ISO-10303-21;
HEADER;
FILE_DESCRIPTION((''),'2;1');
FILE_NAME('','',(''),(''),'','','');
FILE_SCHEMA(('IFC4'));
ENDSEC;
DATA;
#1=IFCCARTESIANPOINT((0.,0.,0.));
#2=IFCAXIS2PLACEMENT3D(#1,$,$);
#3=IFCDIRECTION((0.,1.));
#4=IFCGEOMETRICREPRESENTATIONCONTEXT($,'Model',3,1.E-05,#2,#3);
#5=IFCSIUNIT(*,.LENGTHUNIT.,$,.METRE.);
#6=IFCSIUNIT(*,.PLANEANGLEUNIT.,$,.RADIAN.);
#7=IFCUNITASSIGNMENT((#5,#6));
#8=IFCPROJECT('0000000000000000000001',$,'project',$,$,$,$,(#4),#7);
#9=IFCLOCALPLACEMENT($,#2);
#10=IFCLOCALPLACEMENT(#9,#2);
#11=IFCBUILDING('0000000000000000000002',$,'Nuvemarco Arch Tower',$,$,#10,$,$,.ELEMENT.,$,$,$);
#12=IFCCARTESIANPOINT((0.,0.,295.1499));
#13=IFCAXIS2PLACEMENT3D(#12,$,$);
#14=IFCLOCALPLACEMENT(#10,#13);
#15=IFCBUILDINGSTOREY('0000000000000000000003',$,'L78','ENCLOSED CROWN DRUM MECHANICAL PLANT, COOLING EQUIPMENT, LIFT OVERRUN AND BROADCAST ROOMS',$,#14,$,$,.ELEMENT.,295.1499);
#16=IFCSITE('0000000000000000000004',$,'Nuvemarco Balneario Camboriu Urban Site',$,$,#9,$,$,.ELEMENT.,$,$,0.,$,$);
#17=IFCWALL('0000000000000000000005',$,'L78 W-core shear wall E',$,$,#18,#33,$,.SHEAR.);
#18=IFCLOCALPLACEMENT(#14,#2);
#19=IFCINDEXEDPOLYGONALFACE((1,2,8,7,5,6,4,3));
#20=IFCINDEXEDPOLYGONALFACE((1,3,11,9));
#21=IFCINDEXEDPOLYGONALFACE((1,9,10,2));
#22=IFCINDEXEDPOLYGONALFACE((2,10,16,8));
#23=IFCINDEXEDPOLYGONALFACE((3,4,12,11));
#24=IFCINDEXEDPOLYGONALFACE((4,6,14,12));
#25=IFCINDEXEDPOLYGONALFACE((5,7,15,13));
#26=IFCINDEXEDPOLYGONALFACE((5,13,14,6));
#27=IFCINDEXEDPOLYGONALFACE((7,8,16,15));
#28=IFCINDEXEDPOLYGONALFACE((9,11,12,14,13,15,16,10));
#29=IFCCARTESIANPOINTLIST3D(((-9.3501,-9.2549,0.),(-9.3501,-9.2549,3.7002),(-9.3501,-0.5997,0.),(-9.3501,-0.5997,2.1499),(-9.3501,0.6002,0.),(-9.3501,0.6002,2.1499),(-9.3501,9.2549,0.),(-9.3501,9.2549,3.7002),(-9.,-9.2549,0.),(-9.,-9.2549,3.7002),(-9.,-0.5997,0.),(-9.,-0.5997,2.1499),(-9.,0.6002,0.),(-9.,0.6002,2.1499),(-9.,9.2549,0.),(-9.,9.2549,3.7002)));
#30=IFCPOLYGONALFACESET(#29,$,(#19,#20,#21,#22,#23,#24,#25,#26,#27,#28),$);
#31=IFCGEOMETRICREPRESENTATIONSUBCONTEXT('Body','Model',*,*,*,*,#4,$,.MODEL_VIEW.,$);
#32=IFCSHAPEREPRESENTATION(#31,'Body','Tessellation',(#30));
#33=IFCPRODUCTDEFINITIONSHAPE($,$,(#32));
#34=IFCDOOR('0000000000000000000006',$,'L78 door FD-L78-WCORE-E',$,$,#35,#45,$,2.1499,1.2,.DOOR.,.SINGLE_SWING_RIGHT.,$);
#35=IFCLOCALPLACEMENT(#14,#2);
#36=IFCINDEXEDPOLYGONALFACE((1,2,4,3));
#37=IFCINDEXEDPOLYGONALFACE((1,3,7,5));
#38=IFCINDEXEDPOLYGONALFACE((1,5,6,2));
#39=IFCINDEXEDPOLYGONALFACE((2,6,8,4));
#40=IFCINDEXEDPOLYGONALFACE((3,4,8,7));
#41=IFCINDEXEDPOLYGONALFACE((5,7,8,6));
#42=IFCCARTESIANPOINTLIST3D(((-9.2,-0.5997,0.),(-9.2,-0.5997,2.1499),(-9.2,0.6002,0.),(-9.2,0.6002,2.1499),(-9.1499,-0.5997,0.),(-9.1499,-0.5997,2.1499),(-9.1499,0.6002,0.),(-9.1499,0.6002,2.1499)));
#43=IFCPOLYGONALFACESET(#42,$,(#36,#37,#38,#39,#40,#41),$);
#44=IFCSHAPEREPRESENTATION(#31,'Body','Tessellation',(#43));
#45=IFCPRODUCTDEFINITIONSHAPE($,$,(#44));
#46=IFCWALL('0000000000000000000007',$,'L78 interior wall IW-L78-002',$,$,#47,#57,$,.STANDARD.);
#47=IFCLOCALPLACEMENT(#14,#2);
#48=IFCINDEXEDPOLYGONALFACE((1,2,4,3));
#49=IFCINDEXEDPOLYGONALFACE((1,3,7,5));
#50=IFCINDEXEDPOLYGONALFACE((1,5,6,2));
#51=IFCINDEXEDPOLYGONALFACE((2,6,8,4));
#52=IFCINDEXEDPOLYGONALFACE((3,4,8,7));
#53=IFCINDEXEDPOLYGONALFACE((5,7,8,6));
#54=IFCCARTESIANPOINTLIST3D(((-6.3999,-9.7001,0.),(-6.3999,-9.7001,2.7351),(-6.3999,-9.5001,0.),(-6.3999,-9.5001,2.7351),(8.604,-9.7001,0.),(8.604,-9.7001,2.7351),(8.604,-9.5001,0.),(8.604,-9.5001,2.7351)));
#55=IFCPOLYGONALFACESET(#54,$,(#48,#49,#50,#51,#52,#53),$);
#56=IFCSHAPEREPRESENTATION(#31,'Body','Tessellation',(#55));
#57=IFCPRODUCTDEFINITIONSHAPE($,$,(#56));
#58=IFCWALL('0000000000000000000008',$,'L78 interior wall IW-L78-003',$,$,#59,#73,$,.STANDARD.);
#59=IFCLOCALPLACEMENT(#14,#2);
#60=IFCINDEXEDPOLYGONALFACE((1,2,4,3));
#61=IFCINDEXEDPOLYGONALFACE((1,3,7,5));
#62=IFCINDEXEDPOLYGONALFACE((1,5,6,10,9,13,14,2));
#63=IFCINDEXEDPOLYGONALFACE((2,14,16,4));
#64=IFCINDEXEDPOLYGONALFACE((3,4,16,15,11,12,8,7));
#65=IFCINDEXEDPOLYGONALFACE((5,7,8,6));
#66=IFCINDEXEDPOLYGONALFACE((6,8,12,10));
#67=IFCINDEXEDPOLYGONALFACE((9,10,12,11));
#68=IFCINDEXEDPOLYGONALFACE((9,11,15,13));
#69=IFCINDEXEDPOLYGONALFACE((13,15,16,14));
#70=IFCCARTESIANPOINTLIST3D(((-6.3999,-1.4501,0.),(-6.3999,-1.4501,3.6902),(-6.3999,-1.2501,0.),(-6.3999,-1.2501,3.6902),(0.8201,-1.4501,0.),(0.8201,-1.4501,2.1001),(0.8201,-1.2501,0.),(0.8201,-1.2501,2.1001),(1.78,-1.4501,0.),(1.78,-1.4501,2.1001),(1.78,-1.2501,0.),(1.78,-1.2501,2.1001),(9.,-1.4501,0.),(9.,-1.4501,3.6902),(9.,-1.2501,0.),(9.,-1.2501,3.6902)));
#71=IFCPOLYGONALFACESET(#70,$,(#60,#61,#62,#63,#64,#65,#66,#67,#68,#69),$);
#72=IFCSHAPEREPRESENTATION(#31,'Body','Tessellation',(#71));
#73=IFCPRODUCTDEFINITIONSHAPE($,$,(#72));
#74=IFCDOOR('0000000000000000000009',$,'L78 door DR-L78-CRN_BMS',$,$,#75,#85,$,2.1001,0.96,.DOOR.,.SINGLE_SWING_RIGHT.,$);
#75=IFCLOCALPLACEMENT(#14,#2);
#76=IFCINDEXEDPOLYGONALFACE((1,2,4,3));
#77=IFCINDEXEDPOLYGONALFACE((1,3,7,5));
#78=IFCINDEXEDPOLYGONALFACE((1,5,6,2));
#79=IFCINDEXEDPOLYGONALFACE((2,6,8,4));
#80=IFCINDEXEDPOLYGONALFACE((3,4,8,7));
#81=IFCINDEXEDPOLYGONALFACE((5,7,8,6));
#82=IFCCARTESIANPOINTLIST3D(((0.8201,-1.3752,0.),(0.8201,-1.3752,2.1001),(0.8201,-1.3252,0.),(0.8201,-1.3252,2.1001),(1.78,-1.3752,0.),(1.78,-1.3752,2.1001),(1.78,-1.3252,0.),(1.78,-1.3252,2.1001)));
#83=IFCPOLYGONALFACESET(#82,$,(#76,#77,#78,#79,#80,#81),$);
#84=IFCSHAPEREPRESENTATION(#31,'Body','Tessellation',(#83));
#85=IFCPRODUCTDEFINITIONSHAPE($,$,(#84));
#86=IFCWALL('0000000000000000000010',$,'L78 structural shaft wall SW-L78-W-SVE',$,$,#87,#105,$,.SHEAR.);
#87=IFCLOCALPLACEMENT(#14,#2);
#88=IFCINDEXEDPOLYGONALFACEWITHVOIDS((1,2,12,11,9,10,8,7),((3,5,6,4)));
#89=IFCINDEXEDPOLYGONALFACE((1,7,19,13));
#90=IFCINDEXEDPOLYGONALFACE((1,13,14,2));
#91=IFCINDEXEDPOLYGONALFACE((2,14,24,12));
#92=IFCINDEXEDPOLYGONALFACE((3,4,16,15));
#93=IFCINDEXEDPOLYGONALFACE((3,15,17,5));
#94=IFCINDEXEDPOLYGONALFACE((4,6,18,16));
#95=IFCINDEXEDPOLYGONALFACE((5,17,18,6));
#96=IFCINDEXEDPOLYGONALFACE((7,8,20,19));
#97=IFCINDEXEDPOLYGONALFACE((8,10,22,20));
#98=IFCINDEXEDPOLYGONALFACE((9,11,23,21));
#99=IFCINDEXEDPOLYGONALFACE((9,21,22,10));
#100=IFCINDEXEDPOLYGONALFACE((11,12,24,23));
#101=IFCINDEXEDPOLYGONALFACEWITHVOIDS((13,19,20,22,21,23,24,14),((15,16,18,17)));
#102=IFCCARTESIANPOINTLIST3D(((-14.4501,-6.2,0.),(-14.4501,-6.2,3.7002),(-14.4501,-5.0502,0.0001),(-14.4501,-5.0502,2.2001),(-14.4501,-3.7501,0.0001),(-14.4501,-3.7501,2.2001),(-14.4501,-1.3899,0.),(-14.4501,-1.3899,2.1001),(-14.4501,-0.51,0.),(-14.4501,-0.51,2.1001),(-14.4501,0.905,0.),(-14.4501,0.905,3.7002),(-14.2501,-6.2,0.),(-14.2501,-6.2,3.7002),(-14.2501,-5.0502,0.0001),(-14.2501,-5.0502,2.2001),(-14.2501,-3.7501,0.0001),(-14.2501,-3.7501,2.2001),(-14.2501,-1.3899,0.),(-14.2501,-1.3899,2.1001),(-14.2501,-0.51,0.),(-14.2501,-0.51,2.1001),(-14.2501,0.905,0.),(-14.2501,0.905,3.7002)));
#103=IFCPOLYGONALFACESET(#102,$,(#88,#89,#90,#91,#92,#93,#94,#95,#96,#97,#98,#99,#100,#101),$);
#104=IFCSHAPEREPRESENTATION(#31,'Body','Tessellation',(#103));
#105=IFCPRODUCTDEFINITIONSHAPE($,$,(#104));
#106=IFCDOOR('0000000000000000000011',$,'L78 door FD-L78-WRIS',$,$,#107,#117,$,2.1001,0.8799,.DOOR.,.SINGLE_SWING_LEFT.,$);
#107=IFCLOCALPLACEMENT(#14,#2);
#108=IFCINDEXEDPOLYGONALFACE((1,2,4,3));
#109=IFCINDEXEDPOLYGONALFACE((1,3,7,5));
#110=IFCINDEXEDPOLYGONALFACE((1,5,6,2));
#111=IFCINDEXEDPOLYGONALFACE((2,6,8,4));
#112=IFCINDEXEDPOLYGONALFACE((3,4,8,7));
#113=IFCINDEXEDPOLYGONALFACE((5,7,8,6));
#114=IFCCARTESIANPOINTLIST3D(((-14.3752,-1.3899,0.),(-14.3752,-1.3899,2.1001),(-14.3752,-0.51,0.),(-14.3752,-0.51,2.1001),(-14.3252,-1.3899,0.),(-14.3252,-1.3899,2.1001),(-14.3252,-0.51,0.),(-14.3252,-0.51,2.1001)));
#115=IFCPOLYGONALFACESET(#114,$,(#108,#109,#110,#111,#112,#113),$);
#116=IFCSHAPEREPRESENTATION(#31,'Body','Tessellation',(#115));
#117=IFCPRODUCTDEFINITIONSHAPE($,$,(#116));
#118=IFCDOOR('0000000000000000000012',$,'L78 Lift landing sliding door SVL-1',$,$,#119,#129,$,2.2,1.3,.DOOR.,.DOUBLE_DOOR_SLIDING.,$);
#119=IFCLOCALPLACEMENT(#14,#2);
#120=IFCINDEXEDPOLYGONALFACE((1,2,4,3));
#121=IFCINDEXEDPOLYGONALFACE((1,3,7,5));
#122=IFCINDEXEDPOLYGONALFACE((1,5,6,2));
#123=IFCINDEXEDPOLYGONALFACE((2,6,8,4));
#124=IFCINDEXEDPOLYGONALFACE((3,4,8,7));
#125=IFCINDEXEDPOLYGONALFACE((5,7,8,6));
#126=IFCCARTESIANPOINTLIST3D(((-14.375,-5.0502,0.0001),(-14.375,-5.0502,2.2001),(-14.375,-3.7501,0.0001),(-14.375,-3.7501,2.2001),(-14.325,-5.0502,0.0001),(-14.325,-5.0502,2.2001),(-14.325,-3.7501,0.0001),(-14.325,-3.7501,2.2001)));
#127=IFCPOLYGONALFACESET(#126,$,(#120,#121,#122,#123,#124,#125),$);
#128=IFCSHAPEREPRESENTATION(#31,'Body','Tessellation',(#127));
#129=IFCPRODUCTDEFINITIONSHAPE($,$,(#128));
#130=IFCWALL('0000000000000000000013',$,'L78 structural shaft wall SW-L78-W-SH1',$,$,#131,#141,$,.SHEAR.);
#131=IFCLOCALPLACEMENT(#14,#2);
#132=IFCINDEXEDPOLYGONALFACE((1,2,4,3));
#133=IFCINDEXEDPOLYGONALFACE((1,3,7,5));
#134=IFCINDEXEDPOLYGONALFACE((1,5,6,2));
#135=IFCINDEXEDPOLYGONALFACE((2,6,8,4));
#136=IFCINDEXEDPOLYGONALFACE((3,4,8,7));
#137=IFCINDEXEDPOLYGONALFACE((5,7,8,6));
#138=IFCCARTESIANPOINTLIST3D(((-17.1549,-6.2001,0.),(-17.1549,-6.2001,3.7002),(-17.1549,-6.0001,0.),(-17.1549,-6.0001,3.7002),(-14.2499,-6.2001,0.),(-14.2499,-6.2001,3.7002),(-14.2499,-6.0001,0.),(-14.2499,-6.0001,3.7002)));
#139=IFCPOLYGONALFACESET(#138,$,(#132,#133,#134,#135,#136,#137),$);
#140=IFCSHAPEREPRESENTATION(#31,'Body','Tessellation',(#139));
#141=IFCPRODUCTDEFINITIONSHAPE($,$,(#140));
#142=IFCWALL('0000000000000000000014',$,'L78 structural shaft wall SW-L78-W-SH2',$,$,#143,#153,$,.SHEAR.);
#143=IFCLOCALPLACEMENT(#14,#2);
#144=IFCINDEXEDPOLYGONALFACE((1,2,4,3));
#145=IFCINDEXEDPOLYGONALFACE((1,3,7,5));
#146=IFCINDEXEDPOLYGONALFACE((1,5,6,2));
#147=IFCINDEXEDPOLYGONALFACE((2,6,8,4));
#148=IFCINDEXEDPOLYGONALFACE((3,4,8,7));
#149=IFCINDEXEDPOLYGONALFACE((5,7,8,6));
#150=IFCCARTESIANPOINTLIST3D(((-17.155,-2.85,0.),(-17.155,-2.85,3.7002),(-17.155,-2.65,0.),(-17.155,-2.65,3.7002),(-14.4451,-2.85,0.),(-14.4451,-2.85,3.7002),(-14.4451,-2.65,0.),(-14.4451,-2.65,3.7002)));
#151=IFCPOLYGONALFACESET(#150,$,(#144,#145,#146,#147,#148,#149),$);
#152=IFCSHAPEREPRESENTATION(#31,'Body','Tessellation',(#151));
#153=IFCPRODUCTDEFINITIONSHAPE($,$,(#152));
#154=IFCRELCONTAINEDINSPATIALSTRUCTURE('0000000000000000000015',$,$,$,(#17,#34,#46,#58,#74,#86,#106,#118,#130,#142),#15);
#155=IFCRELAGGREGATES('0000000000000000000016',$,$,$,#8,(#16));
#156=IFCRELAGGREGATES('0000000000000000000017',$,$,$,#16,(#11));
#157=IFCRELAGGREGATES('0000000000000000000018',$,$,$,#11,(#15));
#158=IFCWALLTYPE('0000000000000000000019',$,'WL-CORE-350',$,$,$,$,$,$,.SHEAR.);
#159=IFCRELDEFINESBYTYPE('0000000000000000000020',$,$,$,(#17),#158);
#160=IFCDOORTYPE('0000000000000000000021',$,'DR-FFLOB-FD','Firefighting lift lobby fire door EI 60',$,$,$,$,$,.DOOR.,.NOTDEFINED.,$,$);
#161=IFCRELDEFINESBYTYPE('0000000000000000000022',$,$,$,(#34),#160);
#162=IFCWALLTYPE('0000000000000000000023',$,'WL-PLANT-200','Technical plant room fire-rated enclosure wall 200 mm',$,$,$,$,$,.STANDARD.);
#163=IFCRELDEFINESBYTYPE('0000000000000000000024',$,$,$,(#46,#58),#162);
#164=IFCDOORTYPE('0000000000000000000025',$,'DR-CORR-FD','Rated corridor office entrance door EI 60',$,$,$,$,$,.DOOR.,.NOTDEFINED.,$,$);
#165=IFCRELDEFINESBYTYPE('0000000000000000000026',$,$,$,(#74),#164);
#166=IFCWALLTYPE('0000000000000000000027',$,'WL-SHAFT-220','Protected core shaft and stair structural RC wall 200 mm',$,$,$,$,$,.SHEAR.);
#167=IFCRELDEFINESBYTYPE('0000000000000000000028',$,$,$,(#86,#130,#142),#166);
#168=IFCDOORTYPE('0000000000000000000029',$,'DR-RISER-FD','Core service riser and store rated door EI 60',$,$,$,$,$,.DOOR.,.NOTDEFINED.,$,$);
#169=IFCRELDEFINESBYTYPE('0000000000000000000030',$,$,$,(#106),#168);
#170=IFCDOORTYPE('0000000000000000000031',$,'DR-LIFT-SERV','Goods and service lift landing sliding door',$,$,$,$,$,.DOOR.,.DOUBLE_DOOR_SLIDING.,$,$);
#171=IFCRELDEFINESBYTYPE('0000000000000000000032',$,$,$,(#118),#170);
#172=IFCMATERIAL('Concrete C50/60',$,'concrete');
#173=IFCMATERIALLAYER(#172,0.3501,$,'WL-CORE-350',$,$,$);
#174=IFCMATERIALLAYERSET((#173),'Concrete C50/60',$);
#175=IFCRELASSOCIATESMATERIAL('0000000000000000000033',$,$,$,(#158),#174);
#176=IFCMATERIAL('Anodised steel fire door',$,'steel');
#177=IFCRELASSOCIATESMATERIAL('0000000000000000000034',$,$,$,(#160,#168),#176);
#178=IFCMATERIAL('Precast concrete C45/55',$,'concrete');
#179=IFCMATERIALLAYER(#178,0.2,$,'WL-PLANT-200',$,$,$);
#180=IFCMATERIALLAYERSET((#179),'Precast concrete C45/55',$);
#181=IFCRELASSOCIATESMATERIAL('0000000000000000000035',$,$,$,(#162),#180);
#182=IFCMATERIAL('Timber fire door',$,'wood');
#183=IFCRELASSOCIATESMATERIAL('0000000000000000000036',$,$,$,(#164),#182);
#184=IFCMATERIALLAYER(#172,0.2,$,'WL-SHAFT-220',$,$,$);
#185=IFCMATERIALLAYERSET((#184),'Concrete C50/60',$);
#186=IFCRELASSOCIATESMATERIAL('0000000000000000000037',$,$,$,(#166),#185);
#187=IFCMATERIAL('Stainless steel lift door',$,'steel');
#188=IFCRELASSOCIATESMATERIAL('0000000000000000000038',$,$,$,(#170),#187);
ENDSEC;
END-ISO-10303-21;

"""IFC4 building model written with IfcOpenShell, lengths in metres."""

from ifc_helpers import new_model, si_unit, direction, frame, frame_2d, origin, place, context, subcontext, project, spatial, rectangle, extrude, source, transform, mapped, material, layer, layer_set, type_object, type_shapes, element, fill, save


model = new_model("IFC4")

# Units and contexts
model_context = context("Model", 3, precision=1e-05, world=origin(), true_north=direction((0.0, 1.0)))
body_context = subcontext(model_context, "Body", "Model", "MODEL_VIEW")
ifc_project = project(units=[si_unit("LENGTHUNIT", "METRE"), si_unit("PLANEANGLEUNIT", "RADIAN")], contexts=[model_context])

# Site, building, storey
site_placement = place(None, origin())
site = spatial("IfcSite", under=ifc_project, at=site_placement, Name="Nuvemarco Balneario Camboriu Urban Site", CompositionType="ELEMENT", RefElevation=0.0)
building_placement = place(site_placement, origin())
building = spatial("IfcBuilding", under=site, at=building_placement, Name="Nuvemarco Arch Tower", CompositionType="ELEMENT")
storey_placement = place(building_placement, frame((0.0, 0.0, 295.1499)))
storey = spatial("IfcBuildingStorey", under=building, at=storey_placement, Name="L78", Description="ENCLOSED CROWN DRUM MECHANICAL PLANT, COOLING EQUIPMENT, LIFT OVERRUN AND BROADCAST ROOMS", CompositionType="ELEMENT", Elevation=295.1499)

# Shared definitions
ifc_material_1 = material(Name="Concrete C50/60", Category="concrete")

# Shared definitions
ifc_material_2 = material(Name="Precast concrete C45/55", Category="concrete")

# Shared definitions
ifc_layer_1 = layer(ifc_material_1, 0.3501, Name="WL-CORE-350")
ifc_layer_set_1 = layer_set([ifc_layer_1], Name="Concrete C50/60")
wall_type_1 = type_object("IfcWallType", Name="WL-CORE-350", PredefinedType="SHEAR", material=ifc_layer_set_1)

# Wall, opening, door
wall_1_placement = place(storey_placement, frame((-9.175, -9.2549, 0.0), z_axis=(0.0, 0.0, 1.0), x_axis=(0.0, 1.0, 0.0)))
wall_1 = element("IfcWall", 1, at=wall_1_placement, inside=storey, type_object=wall_type_1, Name="L78 W-core shear wall E", PredefinedType="SHEAR", context=body_context, shape_type="SweptSolid", body=[
    extrude(rectangle(XDim=18.5098, YDim=0.3501, at=frame_2d((9.2549, 0.0))), origin(), (0.0, 0.0, 1.0), 3.7002),
])
opening_1_placement = place(wall_1_placement, frame((8.655, 0.0, 0.0)))
opening_1 = element("IfcOpeningElement", 2, at=opening_1_placement, cuts=wall_1, PredefinedType="OPENING", context=body_context, shape_type="SweptSolid", body=[
    extrude(rectangle(XDim=1.2, YDim=2.1499, at=frame_2d((0.6001, 1.075))), frame((0.0, 0.1851, 0.0), z_axis=(0.0, -1.0, 0.0), x_axis=(1.0, 0.0, 0.0)), (0.0, 0.0, 1.0), 0.3701),
])
ifc_material_3 = material(Name="Anodised steel fire door", Category="steel")
door_type_1 = type_object("IfcDoorType", Name="DR-FFLOB-FD", Description="Firefighting lift lobby fire door EI 60", OperationType="NOTDEFINED", PredefinedType="DOOR", material=ifc_material_3)
shared_shape_1 = source(origin(), body_context, "Body", "SweptSolid", [
    extrude(rectangle(XDim=1.2, YDim=2.1499, at=frame_2d((0.6001, 1.075))), frame((0.0, 0.0249, 0.0), z_axis=(0.0, -1.0, 0.0), x_axis=(1.0, 0.0, 0.0)), (0.0, 0.0, 1.0), 0.05),
])
type_shapes(door_type_1, [shared_shape_1])
door_1_placement = place(opening_1_placement, origin())
door_1 = element("IfcDoor", 3, at=door_1_placement, inside=storey, type_object=door_type_1, Name="L78 door FD-L78-WCORE-E", OperationType="SINGLE_SWING_RIGHT", OverallHeight=2.1499, OverallWidth=1.2, PredefinedType="DOOR", context=body_context, shape_type="MappedRepresentation", body=[
    mapped(shared_shape_1, transform((0.0, 0.0, 0.0), scale=1.0)),
])
fill(opening_1, door_1)

# Wall
ifc_layer_2 = layer(ifc_material_2, 0.2, Name="WL-PLANT-200")
ifc_layer_set_2 = layer_set([ifc_layer_2], Name="Precast concrete C45/55")
wall_type_2 = type_object("IfcWallType", Name="WL-PLANT-200", Description="Technical plant room fire-rated enclosure wall 200 mm", PredefinedType="STANDARD", material=ifc_layer_set_2)
wall_2_placement = place(storey_placement, frame((-6.3999, -9.6001, 0.0), z_axis=(0.0, 0.0, 1.0), x_axis=(1.0, 0.0, 0.0)))
element("IfcWall", 4, at=wall_2_placement, inside=storey, type_object=wall_type_2, Name="L78 interior wall IW-L78-002", PredefinedType="STANDARD", context=body_context, shape_type="SweptSolid", body=[
    extrude(rectangle(XDim=15.0039, YDim=0.2, at=frame_2d((7.502, 0.0))), origin(), (0.0, 0.0, 1.0), 2.7351),
])

# Wall, opening, door
wall_3_placement = place(storey_placement, frame((-6.3999, -1.3501, 0.0), z_axis=(0.0, 0.0, 1.0), x_axis=(1.0, 0.0, 0.0)))
wall_3 = element("IfcWall", 5, at=wall_3_placement, inside=storey, type_object=wall_type_2, Name="L78 interior wall IW-L78-003", PredefinedType="STANDARD", context=body_context, shape_type="SweptSolid", body=[
    extrude(rectangle(XDim=15.3999, YDim=0.2, at=frame_2d((7.7, 0.0))), origin(), (0.0, 0.0, 1.0), 3.6902),
])
opening_2_placement = place(wall_3_placement, frame((7.22, 0.0, 0.0)))
opening_2 = element("IfcOpeningElement", 6, at=opening_2_placement, cuts=wall_3, PredefinedType="OPENING", context=body_context, shape_type="SweptSolid", body=[
    extrude(rectangle(XDim=0.96, YDim=2.1001, at=frame_2d((0.48, 1.05))), frame((0.0, 0.1099, 0.0), z_axis=(0.0, -1.0, 0.0), x_axis=(1.0, 0.0, 0.0)), (0.0, 0.0, 1.0), 0.22),
])
ifc_material_4 = material(Name="Timber fire door", Category="wood")
door_type_2 = type_object("IfcDoorType", Name="DR-CORR-FD", Description="Rated corridor office entrance door EI 60", OperationType="NOTDEFINED", PredefinedType="DOOR", material=ifc_material_4)
shared_shape_2 = source(origin(), body_context, "Body", "SweptSolid", [
    extrude(rectangle(XDim=0.96, YDim=2.1001, at=frame_2d((0.48, 1.05))), frame((0.0, 0.0249, 0.0), z_axis=(0.0, -1.0, 0.0), x_axis=(1.0, 0.0, 0.0)), (0.0, 0.0, 1.0), 0.05),
])
type_shapes(door_type_2, [shared_shape_2])
door_2_placement = place(opening_2_placement, origin())
door_2 = element("IfcDoor", 7, at=door_2_placement, inside=storey, type_object=door_type_2, Name="L78 door DR-L78-CRN_BMS", OperationType="SINGLE_SWING_RIGHT", OverallHeight=2.1001, OverallWidth=0.96, PredefinedType="DOOR", context=body_context, shape_type="MappedRepresentation", body=[
    mapped(shared_shape_2, transform((0.0, 0.0, 0.0), scale=1.0)),
])
fill(opening_2, door_2)
ifc_layer_3 = layer(ifc_material_1, 0.2, Name="WL-SHAFT-220")
ifc_layer_set_3 = layer_set([ifc_layer_3], Name="Concrete C50/60")
wall_type_3 = type_object("IfcWallType", Name="WL-SHAFT-220", Description="Protected core shaft and stair structural RC wall 200 mm", PredefinedType="SHEAR", material=ifc_layer_set_3)
ifc_material_5 = material(Name="Stainless steel lift door", Category="steel")

# Wall, openings, doors
wall_4_placement = place(storey_placement, frame((-14.3501, -6.2, 0.0), z_axis=(0.0, 0.0, 1.0), x_axis=(0.0, 1.0, 0.0)))
wall_4 = element("IfcWall", 8, at=wall_4_placement, inside=storey, type_object=wall_type_3, Name="L78 structural shaft wall SW-L78-W-SVE", PredefinedType="SHEAR", context=body_context, shape_type="SweptSolid", body=[
    extrude(rectangle(XDim=7.105, YDim=0.2, at=frame_2d((3.5525, 0.0))), origin(), (0.0, 0.0, 1.0), 3.7002),
])
opening_3_placement = place(wall_4_placement, frame((5.6899, 0.0, 0.0), z_axis=(0.0, 0.0, 1.0), x_axis=(-1.0, 0.0, 0.0)))
opening_3 = element("IfcOpeningElement", 9, at=opening_3_placement, cuts=wall_4, PredefinedType="OPENING", context=body_context, shape_type="SweptSolid", body=[
    extrude(rectangle(XDim=0.8799, YDim=2.1001, at=frame_2d((0.4399, 1.05))), frame((0.0, 0.1099, 0.0), z_axis=(0.0, -1.0, 0.0), x_axis=(1.0, 0.0, 0.0)), (0.0, 0.0, 1.0), 0.22),
])
opening_4_placement = place(wall_4_placement, frame((1.1499, 0.0, 0.0)))
opening_4 = element("IfcOpeningElement", 10, at=opening_4_placement, cuts=wall_4, PredefinedType="OPENING", context=body_context, shape_type="SweptSolid", body=[
    extrude(rectangle(XDim=1.3, YDim=2.2, at=frame_2d((0.6499, 1.1001))), frame((0.0, 0.1099, 0.0), z_axis=(0.0, -1.0, 0.0), x_axis=(1.0, 0.0, 0.0)), (0.0, 0.0, 1.0), 0.22),
])
door_type_3 = type_object("IfcDoorType", Name="DR-RISER-FD", Description="Core service riser and store rated door EI 60", OperationType="NOTDEFINED", PredefinedType="DOOR", material=ifc_material_3)
shared_shape_3 = source(origin(), body_context, "Body", "SweptSolid", [
    extrude(rectangle(XDim=0.8799, YDim=2.1001, at=frame_2d((0.4399, 1.05))), frame((0.0, 0.0249, 0.0), z_axis=(0.0, -1.0, 0.0), x_axis=(1.0, 0.0, 0.0)), (0.0, 0.0, 1.0), 0.05),
])
type_shapes(door_type_3, [shared_shape_3])
door_3_placement = place(opening_3_placement, origin())
door_3 = element("IfcDoor", 11, at=door_3_placement, inside=storey, type_object=door_type_3, Name="L78 door FD-L78-WRIS", OperationType="SINGLE_SWING_LEFT", OverallHeight=2.1001, OverallWidth=0.8799, PredefinedType="DOOR", context=body_context, shape_type="MappedRepresentation", body=[
    mapped(shared_shape_3, transform((0.0, 0.0, 0.0), scale=1.0)),
])
fill(opening_3, door_3)
door_type_4 = type_object("IfcDoorType", Name="DR-LIFT-SERV", Description="Goods and service lift landing sliding door", OperationType="DOUBLE_DOOR_SLIDING", PredefinedType="DOOR", material=ifc_material_5)
shared_shape_4 = source(origin(), body_context, "Body", "SweptSolid", [
    extrude(rectangle(XDim=1.3, YDim=2.2, at=frame_2d((0.6499, 1.1001))), frame((0.0, 0.0249, 0.0), z_axis=(0.0, -1.0, 0.0), x_axis=(1.0, 0.0, 0.0)), (0.0, 0.0, 1.0), 0.05),
])
type_shapes(door_type_4, [shared_shape_4])
door_4_placement = place(opening_4_placement, origin())
door_4 = element("IfcDoor", 12, at=door_4_placement, inside=storey, type_object=door_type_4, Name="L78 Lift landing sliding door SVL-1", OperationType="DOUBLE_DOOR_SLIDING", OverallHeight=2.2, OverallWidth=1.3, PredefinedType="DOOR", context=body_context, shape_type="MappedRepresentation", body=[
    mapped(shared_shape_4, transform((0.0, 0.0, 0.0), scale=1.0)),
])
fill(opening_4, door_4)

# Walls
wall_5_placement = place(storey_placement, frame((-17.155, -6.1001, 0.0), z_axis=(0.0, 0.0, 1.0), x_axis=(1.0, 0.0, 0.0)))
element("IfcWall", 13, at=wall_5_placement, inside=storey, type_object=wall_type_3, Name="L78 structural shaft wall SW-L78-W-SH1", PredefinedType="SHEAR", context=body_context, shape_type="SweptSolid", body=[
    extrude(rectangle(XDim=2.905, YDim=0.2, at=frame_2d((1.4526, 0.0))), origin(), (0.0, 0.0, 1.0), 3.7002),
])
wall_6_placement = place(storey_placement, frame((-17.155, -2.75, 0.0), z_axis=(0.0, 0.0, 1.0), x_axis=(1.0, 0.0, 0.0)))
element("IfcWall", 14, at=wall_6_placement, inside=storey, type_object=wall_type_3, Name="L78 structural shaft wall SW-L78-W-SH2", PredefinedType="SHEAR", context=body_context, shape_type="SweptSolid", body=[
    extrude(rectangle(XDim=2.71, YDim=0.2, at=frame_2d((1.355, 0.0))), origin(), (0.0, 0.0, 1.0), 3.7002),
])

save(model, "model.ifc")
